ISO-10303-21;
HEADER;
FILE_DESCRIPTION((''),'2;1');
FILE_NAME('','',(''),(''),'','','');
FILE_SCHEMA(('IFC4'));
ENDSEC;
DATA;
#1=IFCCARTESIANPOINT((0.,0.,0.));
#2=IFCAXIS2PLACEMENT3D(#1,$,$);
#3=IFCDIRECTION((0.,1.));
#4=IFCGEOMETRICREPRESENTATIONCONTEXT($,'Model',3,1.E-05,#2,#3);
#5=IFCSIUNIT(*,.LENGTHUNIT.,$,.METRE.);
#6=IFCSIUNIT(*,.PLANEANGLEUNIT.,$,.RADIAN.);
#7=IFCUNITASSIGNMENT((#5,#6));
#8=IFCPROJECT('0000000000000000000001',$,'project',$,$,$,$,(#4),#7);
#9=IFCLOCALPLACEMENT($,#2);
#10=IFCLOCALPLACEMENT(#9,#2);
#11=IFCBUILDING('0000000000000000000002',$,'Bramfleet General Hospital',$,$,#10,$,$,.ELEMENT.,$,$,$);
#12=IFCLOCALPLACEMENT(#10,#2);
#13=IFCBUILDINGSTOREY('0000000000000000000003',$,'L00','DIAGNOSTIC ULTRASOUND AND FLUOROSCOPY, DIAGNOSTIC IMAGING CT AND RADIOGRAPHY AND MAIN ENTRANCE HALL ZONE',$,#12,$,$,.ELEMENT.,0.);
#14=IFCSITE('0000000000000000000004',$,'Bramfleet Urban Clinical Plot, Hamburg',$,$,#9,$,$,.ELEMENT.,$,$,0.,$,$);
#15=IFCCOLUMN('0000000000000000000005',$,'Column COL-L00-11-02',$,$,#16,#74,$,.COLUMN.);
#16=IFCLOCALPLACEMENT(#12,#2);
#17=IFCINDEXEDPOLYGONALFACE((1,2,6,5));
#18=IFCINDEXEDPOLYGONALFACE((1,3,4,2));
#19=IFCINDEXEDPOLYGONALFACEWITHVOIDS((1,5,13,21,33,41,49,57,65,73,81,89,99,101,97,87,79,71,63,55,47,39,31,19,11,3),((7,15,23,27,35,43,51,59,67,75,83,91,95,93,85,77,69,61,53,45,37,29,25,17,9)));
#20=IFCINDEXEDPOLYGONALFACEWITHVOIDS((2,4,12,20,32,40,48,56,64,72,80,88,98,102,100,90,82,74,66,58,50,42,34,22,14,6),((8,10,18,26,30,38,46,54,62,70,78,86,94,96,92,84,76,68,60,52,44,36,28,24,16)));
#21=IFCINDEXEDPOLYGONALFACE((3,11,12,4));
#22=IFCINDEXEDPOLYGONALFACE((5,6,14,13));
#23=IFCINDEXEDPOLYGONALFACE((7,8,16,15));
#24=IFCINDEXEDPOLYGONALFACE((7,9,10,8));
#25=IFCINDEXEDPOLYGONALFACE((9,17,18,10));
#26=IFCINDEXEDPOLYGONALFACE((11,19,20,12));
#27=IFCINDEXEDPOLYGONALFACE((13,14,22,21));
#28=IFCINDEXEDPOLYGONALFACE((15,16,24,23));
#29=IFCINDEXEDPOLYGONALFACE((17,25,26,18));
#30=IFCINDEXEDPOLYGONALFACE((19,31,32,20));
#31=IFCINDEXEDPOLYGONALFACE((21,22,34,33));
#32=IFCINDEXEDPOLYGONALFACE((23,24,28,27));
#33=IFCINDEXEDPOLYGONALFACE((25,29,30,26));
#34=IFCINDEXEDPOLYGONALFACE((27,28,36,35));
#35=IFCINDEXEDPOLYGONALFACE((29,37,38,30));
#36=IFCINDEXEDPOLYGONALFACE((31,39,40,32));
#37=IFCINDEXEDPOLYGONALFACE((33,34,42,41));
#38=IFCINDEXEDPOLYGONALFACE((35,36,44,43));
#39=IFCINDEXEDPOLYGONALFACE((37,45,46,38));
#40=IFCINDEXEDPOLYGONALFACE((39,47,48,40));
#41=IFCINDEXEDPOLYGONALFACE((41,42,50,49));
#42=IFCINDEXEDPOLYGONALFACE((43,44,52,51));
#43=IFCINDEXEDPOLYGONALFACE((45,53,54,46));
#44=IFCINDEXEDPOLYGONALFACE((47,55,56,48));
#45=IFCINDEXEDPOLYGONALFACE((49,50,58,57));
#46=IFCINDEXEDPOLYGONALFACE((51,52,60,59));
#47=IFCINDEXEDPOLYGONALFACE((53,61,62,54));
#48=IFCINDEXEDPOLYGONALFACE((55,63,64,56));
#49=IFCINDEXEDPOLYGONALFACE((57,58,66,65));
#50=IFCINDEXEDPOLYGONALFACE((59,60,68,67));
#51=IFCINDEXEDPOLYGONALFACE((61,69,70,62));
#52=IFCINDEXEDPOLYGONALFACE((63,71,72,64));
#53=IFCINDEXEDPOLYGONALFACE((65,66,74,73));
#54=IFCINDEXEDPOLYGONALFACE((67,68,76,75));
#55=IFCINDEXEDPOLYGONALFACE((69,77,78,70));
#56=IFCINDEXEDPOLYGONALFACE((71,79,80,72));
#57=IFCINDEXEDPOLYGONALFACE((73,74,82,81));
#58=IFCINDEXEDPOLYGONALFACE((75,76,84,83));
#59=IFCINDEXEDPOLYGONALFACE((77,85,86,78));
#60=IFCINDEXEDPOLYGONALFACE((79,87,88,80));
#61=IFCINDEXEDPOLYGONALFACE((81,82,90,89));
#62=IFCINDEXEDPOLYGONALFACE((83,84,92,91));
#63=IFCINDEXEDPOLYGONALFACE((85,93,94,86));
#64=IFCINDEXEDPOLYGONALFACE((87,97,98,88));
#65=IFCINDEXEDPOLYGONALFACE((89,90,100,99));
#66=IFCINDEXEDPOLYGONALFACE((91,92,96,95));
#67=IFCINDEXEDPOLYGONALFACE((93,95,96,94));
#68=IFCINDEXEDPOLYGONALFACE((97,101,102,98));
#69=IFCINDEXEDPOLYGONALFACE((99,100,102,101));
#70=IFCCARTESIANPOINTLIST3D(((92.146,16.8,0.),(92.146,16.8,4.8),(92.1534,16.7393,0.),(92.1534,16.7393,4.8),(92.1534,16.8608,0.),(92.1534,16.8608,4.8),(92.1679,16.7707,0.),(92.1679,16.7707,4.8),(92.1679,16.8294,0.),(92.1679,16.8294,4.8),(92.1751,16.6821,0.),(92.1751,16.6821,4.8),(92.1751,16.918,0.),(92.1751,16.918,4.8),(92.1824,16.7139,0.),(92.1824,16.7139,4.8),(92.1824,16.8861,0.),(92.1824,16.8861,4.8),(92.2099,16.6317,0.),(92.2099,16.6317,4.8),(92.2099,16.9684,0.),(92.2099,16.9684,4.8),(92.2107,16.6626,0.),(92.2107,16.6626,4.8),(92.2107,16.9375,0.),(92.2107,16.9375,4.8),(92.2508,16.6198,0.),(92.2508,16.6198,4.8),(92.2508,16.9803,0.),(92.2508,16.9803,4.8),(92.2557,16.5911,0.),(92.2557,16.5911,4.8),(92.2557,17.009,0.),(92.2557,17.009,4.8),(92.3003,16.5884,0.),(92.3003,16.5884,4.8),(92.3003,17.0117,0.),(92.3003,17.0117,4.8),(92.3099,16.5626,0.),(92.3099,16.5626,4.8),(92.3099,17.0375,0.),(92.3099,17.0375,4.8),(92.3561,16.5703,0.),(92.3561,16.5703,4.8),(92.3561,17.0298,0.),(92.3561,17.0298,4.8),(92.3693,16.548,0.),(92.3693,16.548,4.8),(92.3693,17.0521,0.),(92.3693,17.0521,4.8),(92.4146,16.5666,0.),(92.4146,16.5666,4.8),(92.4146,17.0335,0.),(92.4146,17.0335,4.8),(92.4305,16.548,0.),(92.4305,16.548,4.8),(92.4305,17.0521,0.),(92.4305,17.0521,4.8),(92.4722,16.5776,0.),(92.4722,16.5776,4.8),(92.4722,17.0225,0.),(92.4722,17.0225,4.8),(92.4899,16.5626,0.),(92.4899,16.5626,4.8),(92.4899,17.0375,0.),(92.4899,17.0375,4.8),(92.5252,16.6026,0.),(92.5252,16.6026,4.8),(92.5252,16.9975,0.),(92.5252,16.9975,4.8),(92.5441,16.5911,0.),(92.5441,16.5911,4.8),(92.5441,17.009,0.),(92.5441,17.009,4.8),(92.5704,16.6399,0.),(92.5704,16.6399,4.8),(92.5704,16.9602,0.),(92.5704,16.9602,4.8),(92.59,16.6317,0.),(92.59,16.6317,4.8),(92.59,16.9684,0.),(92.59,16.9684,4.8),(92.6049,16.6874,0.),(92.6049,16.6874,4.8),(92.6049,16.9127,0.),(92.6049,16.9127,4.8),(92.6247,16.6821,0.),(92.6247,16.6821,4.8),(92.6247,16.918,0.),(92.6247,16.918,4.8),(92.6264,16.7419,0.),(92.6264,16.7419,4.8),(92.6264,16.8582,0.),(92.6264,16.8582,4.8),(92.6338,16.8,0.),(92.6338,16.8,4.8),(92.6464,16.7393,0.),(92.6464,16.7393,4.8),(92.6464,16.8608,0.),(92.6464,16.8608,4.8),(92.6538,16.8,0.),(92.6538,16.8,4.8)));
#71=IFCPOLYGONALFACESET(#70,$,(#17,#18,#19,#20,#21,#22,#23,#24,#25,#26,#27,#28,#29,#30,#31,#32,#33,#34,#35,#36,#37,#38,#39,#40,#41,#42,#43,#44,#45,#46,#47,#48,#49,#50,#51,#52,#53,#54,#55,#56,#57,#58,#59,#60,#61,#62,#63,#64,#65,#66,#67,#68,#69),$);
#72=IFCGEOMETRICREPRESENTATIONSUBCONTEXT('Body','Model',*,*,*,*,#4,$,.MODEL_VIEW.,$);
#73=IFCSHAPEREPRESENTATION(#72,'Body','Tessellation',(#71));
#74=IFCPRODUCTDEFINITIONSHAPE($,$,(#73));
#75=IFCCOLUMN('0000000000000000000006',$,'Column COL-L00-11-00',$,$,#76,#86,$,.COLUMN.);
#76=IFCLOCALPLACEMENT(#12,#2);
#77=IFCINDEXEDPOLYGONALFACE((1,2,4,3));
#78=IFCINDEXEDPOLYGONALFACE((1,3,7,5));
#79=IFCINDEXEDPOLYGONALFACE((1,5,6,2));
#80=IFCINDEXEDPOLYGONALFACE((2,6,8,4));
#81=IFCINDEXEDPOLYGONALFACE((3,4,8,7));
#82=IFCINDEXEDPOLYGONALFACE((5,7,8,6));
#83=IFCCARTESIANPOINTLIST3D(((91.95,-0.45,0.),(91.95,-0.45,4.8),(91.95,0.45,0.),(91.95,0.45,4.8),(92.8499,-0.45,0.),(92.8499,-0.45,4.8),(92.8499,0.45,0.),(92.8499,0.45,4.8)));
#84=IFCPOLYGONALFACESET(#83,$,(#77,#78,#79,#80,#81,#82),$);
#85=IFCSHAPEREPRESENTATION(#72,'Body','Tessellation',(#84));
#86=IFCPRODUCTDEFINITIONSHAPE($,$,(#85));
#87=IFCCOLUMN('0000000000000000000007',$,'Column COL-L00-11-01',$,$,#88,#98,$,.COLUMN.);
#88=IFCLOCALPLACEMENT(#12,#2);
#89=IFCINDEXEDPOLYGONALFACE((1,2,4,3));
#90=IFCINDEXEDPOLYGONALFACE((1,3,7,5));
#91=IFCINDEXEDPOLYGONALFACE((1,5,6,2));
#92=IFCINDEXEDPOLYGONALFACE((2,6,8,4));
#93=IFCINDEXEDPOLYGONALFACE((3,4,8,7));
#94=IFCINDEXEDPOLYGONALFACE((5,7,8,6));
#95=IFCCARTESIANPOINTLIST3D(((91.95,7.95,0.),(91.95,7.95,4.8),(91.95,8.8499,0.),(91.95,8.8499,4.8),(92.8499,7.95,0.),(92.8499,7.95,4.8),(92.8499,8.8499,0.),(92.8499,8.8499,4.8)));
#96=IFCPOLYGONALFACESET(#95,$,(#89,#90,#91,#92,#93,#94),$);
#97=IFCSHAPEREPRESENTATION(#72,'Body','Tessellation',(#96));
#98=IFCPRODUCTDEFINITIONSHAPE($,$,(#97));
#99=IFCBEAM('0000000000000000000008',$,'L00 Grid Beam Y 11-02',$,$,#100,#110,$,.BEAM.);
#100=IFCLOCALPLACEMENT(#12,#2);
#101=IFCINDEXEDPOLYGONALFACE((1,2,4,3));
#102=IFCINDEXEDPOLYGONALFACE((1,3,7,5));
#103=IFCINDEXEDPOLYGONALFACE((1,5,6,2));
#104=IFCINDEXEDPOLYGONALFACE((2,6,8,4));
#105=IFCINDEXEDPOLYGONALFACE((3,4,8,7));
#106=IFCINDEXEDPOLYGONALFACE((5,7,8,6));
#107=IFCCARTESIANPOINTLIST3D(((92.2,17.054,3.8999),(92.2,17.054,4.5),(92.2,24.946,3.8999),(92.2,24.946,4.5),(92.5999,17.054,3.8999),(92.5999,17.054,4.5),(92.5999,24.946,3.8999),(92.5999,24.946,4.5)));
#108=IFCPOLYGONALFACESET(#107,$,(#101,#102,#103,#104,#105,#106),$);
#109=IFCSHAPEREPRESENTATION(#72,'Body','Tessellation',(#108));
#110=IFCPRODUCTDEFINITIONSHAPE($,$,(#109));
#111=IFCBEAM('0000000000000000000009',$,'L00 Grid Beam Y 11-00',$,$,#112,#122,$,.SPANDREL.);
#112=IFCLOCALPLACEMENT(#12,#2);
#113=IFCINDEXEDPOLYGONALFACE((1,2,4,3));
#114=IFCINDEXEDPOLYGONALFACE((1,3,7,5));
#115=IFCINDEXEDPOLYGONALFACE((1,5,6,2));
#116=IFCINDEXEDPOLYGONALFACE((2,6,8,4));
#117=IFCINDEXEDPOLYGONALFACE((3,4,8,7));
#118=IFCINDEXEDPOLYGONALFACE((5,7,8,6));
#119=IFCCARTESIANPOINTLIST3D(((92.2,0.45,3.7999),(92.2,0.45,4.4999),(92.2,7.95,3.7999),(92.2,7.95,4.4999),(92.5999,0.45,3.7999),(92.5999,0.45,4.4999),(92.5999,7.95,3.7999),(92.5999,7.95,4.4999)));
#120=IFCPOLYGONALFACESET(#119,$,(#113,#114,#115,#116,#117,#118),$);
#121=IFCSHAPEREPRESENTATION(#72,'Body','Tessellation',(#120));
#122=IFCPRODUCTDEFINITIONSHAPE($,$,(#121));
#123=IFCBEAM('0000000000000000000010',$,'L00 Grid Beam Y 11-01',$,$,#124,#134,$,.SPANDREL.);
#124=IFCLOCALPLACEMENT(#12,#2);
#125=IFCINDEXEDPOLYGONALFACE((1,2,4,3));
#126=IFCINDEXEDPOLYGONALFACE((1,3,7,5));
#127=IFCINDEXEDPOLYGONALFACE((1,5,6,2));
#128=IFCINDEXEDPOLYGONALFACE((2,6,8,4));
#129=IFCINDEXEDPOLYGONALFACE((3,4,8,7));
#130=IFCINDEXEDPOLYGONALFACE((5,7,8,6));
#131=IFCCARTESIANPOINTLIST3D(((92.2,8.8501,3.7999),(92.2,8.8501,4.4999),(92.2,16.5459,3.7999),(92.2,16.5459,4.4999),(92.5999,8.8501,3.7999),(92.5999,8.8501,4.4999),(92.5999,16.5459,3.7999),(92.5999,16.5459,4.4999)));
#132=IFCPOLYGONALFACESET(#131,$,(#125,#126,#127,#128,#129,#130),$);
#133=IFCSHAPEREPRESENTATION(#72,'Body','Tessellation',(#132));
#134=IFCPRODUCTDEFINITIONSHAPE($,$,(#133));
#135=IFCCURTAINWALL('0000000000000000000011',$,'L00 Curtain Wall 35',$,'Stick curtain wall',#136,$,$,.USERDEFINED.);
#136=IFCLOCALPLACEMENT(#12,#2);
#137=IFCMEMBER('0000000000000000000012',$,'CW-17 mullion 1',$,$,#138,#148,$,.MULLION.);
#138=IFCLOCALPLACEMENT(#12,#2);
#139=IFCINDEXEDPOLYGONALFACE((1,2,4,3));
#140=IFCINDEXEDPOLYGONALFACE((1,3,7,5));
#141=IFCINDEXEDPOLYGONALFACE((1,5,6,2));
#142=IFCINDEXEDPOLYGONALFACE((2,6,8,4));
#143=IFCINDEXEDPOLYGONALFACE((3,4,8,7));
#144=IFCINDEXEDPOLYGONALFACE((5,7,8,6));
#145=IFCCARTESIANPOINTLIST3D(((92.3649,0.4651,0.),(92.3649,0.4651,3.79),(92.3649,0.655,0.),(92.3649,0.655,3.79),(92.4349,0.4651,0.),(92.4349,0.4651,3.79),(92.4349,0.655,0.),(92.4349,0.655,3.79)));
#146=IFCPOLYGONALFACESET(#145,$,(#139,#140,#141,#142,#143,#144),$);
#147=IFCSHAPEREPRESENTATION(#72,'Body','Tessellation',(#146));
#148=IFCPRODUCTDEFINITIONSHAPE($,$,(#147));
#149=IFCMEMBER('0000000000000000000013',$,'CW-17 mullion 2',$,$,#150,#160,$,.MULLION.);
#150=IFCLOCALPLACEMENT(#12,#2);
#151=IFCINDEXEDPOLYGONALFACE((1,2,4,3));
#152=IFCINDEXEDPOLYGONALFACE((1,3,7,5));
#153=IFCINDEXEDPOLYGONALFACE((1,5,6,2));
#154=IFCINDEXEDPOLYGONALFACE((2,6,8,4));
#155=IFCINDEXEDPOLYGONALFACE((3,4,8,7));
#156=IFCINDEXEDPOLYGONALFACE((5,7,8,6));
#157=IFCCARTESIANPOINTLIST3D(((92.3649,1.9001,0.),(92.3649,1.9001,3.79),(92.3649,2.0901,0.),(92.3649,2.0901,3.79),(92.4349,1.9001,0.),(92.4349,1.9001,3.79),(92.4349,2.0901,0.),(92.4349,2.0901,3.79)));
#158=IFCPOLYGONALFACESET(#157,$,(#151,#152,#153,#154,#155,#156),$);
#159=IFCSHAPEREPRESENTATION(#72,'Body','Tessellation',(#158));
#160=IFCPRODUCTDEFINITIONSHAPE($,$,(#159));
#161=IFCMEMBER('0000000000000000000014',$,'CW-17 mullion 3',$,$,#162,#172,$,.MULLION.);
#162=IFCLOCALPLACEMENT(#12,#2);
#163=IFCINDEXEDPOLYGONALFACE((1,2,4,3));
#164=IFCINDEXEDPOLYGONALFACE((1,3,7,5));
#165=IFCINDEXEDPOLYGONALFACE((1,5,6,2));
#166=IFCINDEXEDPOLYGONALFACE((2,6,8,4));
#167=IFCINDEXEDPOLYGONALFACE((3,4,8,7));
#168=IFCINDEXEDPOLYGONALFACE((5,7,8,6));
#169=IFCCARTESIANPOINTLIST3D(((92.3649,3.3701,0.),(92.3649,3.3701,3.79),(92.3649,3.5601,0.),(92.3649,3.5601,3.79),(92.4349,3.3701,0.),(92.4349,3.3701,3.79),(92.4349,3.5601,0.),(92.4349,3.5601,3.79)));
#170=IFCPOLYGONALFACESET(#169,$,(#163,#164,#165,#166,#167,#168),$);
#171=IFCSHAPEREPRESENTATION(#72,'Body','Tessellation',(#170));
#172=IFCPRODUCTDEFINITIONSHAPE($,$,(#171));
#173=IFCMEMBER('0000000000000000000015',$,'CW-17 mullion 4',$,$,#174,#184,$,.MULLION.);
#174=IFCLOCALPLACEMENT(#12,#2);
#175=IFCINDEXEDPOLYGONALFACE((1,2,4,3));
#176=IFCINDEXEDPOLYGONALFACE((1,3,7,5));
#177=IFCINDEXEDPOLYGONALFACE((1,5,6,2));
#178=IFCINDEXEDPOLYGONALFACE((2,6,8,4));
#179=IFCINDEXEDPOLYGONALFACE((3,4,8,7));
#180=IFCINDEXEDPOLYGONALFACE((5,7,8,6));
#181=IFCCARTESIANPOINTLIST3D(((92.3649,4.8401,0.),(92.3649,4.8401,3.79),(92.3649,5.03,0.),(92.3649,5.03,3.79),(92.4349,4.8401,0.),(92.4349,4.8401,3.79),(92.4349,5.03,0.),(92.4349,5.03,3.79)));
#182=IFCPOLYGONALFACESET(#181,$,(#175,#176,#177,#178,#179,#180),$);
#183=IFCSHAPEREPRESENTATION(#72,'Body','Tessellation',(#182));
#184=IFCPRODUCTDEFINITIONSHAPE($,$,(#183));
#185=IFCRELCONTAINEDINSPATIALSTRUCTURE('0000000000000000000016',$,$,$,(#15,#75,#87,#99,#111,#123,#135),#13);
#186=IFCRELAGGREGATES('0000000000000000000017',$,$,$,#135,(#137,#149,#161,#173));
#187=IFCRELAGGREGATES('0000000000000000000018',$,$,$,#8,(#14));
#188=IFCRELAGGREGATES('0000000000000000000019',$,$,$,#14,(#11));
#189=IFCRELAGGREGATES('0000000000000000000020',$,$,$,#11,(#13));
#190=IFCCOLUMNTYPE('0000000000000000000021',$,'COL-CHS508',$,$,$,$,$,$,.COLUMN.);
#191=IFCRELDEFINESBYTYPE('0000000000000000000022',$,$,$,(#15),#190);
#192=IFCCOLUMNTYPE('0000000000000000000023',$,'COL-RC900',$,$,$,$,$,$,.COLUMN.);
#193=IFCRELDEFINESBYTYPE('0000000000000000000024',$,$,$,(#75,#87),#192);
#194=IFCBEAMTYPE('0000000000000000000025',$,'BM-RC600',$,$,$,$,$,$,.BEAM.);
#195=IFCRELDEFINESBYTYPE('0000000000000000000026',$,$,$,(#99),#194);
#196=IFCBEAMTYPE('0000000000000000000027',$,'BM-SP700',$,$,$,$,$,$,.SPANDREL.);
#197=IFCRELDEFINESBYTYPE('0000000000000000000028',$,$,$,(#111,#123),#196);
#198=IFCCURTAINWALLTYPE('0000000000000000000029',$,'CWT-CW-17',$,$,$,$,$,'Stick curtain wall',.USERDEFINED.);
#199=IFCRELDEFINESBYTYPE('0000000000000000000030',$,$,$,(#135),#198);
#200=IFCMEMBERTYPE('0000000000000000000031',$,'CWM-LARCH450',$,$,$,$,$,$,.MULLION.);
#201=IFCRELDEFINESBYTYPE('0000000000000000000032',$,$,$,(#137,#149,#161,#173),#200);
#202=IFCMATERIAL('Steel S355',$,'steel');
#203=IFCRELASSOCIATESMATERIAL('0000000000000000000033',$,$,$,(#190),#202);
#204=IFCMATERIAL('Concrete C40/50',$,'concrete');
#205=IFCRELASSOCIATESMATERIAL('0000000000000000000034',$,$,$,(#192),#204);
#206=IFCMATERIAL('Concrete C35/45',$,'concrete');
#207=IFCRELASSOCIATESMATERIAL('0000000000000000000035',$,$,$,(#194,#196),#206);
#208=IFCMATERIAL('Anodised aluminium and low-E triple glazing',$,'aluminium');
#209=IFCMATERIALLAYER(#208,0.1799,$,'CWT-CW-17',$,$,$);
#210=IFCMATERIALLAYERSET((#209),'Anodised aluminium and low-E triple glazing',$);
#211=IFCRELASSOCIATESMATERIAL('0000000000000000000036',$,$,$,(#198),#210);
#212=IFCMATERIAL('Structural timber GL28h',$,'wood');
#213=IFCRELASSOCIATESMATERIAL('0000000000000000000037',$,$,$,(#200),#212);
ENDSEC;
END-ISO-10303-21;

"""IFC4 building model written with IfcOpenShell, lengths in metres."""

from ifc_helpers import new_model, si_unit, direction, frame, origin, origin_2d, place, context, subcontext, project, spatial, rectangle, hollow_circle, extrude, material, layer, layer_set, material_profile, profile_set, type_object, element, aggregate, save


model = new_model("IFC4")

# Units and contexts
model_context = context("Model", 3, precision=1e-05, world=origin(), true_north=direction((0.0, 1.0)))
body_context = subcontext(model_context, "Body", "Model", "MODEL_VIEW")
ifc_project = project(units=[si_unit("LENGTHUNIT", "METRE"), si_unit("PLANEANGLEUNIT", "RADIAN")], contexts=[model_context])

# Site, building, storey
site_placement = place(None, origin())
site = spatial("IfcSite", under=ifc_project, at=site_placement, Name="Bramfleet Urban Clinical Plot, Hamburg", CompositionType="ELEMENT", RefElevation=0.0)
building_placement = place(site_placement, origin())
building = spatial("IfcBuilding", under=site, at=building_placement, Name="Bramfleet General Hospital", CompositionType="ELEMENT")
storey_placement = place(building_placement, origin())
storey = spatial("IfcBuildingStorey", under=building, at=storey_placement, Name="L00", Description="DIAGNOSTIC ULTRASOUND AND FLUOROSCOPY, DIAGNOSTIC IMAGING CT AND RADIOGRAPHY AND MAIN ENTRANCE HALL ZONE", CompositionType="ELEMENT", Elevation=0.0)

# Columns
ifc_material_1 = material(Name="Steel S355", Category="steel")
ifc_material_profile_1 = material_profile(ifc_material_1, hollow_circle(Radius=0.2539, WallThickness=0.02, at=origin_2d()), Name="CHS 508.0x20.0")
ifc_profile_set_1 = profile_set([ifc_material_profile_1], Name="Steel S355")
column_type_1 = type_object("IfcColumnType", Name="COL-CHS508", PredefinedType="COLUMN", material=ifc_profile_set_1)
column_placement = place(storey_placement, frame((92.3999, 16.8, 0.0), z_axis=(0.0, 0.0, 1.0), x_axis=(1.0, 0.0, 0.0)))
element("IfcColumn", 1, at=column_placement, inside=storey, type_object=column_type_1, Name="Column COL-L00-11-02", PredefinedType="COLUMN", context=body_context, shape_type="SweptSolid", body=[
    extrude(hollow_circle(Radius=0.2539, WallThickness=0.02, at=origin_2d()), origin(), (0.0, 0.0, 1.0), 4.8),
])
ifc_material_2 = material(Name="Concrete C40/50", Category="concrete")
ifc_material_profile_2 = material_profile(ifc_material_2, rectangle(XDim=0.8999, YDim=0.8999, at=origin_2d()), Name="RC COL 900x900")
ifc_profile_set_2 = profile_set([ifc_material_profile_2], Name="Concrete C40/50")
column_type_2 = type_object("IfcColumnType", Name="COL-RC900", PredefinedType="COLUMN", material=ifc_profile_set_2)
for number, where, z_axis, x_axis, name in (
    (2, (92.3999, 0.0, 0.0), (0.0, 0.0, 1.0), (1.0, 0.0, 0.0), "Column COL-L00-11-00"),
    (3, (92.3999, 8.3999, 0.0), (0.0, 0.0, 1.0), (1.0, 0.0, 0.0), "Column COL-L00-11-01"),
):
    element("IfcColumn", number, at=place(storey_placement, frame(where, z_axis=z_axis, x_axis=x_axis)), inside=storey, type_object=column_type_2, Name=name, PredefinedType="COLUMN", context=body_context, shape_type="SweptSolid", body=[
        extrude(rectangle(XDim=0.8999, YDim=0.8999, at=origin_2d()), origin(), (0.0, 0.0, 1.0), 4.8),
    ])

# Beams
ifc_material_3 = material(Name="Concrete C35/45", Category="concrete")
ifc_material_profile_3 = material_profile(ifc_material_3, rectangle(XDim=0.3999, YDim=0.6001, at=origin_2d()), Name="RC BM 600x400")
ifc_profile_set_3 = profile_set([ifc_material_profile_3], Name="Concrete C35/45")
beam_type_1 = type_object("IfcBeamType", Name="BM-RC600", PredefinedType="BEAM", material=ifc_profile_set_3)
beam_1_placement = place(storey_placement, frame((92.3999, 17.054, 4.2), z_axis=(0.0, 1.0, 0.0), x_axis=(-1.0, 0.0, 0.0)))
element("IfcBeam", 4, at=beam_1_placement, inside=storey, type_object=beam_type_1, Name="L00 Grid Beam Y 11-02", PredefinedType="BEAM", context=body_context, shape_type="SweptSolid", body=[
    extrude(rectangle(XDim=0.3999, YDim=0.6001, at=origin_2d()), origin(), (0.0, 0.0, 1.0), 7.8921),
])
ifc_material_profile_4 = material_profile(ifc_material_3, rectangle(XDim=0.3999, YDim=0.7, at=origin_2d()), Name="RC SP 700x400")
ifc_profile_set_4 = profile_set([ifc_material_profile_4], Name="Concrete C35/45")
beam_type_2 = type_object("IfcBeamType", Name="BM-SP700", PredefinedType="SPANDREL", material=ifc_profile_set_4)
beam_2_placement = place(storey_placement, frame((92.3999, 0.45, 4.1499), z_axis=(0.0, 1.0, 0.0), x_axis=(-1.0, 0.0, 0.0)))
element("IfcBeam", 5, at=beam_2_placement, inside=storey, type_object=beam_type_2, Name="L00 Grid Beam Y 11-00", PredefinedType="SPANDREL", context=body_context, shape_type="SweptSolid", body=[
    extrude(rectangle(XDim=0.3999, YDim=0.7, at=origin_2d()), origin(), (0.0, 0.0, 1.0), 7.5),
])
beam_3_placement = place(storey_placement, frame((92.3999, 8.8501, 4.1499), z_axis=(0.0, 1.0, 0.0), x_axis=(-1.0, 0.0, 0.0)))
element("IfcBeam", 6, at=beam_3_placement, inside=storey, type_object=beam_type_2, Name="L00 Grid Beam Y 11-01", PredefinedType="SPANDREL", context=body_context, shape_type="SweptSolid", body=[
    extrude(rectangle(XDim=0.3999, YDim=0.7, at=origin_2d()), origin(), (0.0, 0.0, 1.0), 7.6958),
])

# Curtain wall, members
ifc_material_4 = material(Name="Anodised aluminium and low-E triple glazing", Category="aluminium")
ifc_layer_1 = layer(ifc_material_4, 0.1799, Name="CWT-CW-17")
ifc_layer_set_1 = layer_set([ifc_layer_1], Name="Anodised aluminium and low-E triple glazing")
curtain_wall_type = type_object("IfcCurtainWallType", Name="CWT-CW-17", ElementType="Stick curtain wall", PredefinedType="USERDEFINED", material=ifc_layer_set_1)
curtain_wall_placement = place(storey_placement, origin())
curtain_wall = element("IfcCurtainWall", 7, at=curtain_wall_placement, inside=storey, type_object=curtain_wall_type, Name="L00 Curtain Wall 35", ObjectType="Stick curtain wall", PredefinedType="USERDEFINED")
ifc_material_5 = material(Name="Structural timber GL28h", Category="wood")
ifc_material_profile_5 = material_profile(ifc_material_5, rectangle(XDim=0.0701, YDim=0.1899, at=origin_2d()), Name="LARCH 190x70")
ifc_profile_set_5 = profile_set([ifc_material_profile_5], Name="Structural timber GL28h")
member_type_1 = type_object("IfcMemberType", Name="CWM-LARCH450", PredefinedType="MULLION", material=ifc_profile_set_5)
member_1_placement = place(storey_placement, frame((92.3999, 0.5601, 0.0), z_axis=(0.0, 0.0, 1.0), x_axis=(-1.0, 0.0, 0.0)))
member_1 = element("IfcMember", 8, at=member_1_placement, type_object=member_type_1, Name="CW-17 mullion 1", PredefinedType="MULLION", context=body_context, shape_type="SweptSolid", body=[
    extrude(rectangle(XDim=0.0701, YDim=0.1899, at=origin_2d()), origin(), (0.0, 0.0, 1.0), 3.79),
])
member_2_placement = place(storey_placement, frame((92.3999, 1.9951, 0.0), z_axis=(0.0, 0.0, 1.0), x_axis=(-1.0, 0.0, 0.0)))
member_2 = element("IfcMember", 9, at=member_2_placement, type_object=member_type_1, Name="CW-17 mullion 2", PredefinedType="MULLION", context=body_context, shape_type="SweptSolid", body=[
    extrude(rectangle(XDim=0.0701, YDim=0.1899, at=origin_2d()), origin(), (0.0, 0.0, 1.0), 3.79),
])
member_3_placement = place(storey_placement, frame((92.3999, 3.4651, 0.0), z_axis=(0.0, 0.0, 1.0), x_axis=(-1.0, 0.0, 0.0)))
member_3 = element("IfcMember", 10, at=member_3_placement, type_object=member_type_1, Name="CW-17 mullion 3", PredefinedType="MULLION", context=body_context, shape_type="SweptSolid", body=[
    extrude(rectangle(XDim=0.0701, YDim=0.1899, at=origin_2d()), origin(), (0.0, 0.0, 1.0), 3.79),
])
member_4_placement = place(storey_placement, frame((92.3999, 4.9351, 0.0), z_axis=(0.0, 0.0, 1.0), x_axis=(-1.0, 0.0, 0.0)))
member_4 = element("IfcMember", 11, at=member_4_placement, type_object=member_type_1, Name="CW-17 mullion 4", PredefinedType="MULLION", context=body_context, shape_type="SweptSolid", body=[
    extrude(rectangle(XDim=0.0701, YDim=0.1899, at=origin_2d()), origin(), (0.0, 0.0, 1.0), 3.79),
])
aggregate(curtain_wall, [member_1, member_2, member_3, member_4])

save(model, "model.ifc")
